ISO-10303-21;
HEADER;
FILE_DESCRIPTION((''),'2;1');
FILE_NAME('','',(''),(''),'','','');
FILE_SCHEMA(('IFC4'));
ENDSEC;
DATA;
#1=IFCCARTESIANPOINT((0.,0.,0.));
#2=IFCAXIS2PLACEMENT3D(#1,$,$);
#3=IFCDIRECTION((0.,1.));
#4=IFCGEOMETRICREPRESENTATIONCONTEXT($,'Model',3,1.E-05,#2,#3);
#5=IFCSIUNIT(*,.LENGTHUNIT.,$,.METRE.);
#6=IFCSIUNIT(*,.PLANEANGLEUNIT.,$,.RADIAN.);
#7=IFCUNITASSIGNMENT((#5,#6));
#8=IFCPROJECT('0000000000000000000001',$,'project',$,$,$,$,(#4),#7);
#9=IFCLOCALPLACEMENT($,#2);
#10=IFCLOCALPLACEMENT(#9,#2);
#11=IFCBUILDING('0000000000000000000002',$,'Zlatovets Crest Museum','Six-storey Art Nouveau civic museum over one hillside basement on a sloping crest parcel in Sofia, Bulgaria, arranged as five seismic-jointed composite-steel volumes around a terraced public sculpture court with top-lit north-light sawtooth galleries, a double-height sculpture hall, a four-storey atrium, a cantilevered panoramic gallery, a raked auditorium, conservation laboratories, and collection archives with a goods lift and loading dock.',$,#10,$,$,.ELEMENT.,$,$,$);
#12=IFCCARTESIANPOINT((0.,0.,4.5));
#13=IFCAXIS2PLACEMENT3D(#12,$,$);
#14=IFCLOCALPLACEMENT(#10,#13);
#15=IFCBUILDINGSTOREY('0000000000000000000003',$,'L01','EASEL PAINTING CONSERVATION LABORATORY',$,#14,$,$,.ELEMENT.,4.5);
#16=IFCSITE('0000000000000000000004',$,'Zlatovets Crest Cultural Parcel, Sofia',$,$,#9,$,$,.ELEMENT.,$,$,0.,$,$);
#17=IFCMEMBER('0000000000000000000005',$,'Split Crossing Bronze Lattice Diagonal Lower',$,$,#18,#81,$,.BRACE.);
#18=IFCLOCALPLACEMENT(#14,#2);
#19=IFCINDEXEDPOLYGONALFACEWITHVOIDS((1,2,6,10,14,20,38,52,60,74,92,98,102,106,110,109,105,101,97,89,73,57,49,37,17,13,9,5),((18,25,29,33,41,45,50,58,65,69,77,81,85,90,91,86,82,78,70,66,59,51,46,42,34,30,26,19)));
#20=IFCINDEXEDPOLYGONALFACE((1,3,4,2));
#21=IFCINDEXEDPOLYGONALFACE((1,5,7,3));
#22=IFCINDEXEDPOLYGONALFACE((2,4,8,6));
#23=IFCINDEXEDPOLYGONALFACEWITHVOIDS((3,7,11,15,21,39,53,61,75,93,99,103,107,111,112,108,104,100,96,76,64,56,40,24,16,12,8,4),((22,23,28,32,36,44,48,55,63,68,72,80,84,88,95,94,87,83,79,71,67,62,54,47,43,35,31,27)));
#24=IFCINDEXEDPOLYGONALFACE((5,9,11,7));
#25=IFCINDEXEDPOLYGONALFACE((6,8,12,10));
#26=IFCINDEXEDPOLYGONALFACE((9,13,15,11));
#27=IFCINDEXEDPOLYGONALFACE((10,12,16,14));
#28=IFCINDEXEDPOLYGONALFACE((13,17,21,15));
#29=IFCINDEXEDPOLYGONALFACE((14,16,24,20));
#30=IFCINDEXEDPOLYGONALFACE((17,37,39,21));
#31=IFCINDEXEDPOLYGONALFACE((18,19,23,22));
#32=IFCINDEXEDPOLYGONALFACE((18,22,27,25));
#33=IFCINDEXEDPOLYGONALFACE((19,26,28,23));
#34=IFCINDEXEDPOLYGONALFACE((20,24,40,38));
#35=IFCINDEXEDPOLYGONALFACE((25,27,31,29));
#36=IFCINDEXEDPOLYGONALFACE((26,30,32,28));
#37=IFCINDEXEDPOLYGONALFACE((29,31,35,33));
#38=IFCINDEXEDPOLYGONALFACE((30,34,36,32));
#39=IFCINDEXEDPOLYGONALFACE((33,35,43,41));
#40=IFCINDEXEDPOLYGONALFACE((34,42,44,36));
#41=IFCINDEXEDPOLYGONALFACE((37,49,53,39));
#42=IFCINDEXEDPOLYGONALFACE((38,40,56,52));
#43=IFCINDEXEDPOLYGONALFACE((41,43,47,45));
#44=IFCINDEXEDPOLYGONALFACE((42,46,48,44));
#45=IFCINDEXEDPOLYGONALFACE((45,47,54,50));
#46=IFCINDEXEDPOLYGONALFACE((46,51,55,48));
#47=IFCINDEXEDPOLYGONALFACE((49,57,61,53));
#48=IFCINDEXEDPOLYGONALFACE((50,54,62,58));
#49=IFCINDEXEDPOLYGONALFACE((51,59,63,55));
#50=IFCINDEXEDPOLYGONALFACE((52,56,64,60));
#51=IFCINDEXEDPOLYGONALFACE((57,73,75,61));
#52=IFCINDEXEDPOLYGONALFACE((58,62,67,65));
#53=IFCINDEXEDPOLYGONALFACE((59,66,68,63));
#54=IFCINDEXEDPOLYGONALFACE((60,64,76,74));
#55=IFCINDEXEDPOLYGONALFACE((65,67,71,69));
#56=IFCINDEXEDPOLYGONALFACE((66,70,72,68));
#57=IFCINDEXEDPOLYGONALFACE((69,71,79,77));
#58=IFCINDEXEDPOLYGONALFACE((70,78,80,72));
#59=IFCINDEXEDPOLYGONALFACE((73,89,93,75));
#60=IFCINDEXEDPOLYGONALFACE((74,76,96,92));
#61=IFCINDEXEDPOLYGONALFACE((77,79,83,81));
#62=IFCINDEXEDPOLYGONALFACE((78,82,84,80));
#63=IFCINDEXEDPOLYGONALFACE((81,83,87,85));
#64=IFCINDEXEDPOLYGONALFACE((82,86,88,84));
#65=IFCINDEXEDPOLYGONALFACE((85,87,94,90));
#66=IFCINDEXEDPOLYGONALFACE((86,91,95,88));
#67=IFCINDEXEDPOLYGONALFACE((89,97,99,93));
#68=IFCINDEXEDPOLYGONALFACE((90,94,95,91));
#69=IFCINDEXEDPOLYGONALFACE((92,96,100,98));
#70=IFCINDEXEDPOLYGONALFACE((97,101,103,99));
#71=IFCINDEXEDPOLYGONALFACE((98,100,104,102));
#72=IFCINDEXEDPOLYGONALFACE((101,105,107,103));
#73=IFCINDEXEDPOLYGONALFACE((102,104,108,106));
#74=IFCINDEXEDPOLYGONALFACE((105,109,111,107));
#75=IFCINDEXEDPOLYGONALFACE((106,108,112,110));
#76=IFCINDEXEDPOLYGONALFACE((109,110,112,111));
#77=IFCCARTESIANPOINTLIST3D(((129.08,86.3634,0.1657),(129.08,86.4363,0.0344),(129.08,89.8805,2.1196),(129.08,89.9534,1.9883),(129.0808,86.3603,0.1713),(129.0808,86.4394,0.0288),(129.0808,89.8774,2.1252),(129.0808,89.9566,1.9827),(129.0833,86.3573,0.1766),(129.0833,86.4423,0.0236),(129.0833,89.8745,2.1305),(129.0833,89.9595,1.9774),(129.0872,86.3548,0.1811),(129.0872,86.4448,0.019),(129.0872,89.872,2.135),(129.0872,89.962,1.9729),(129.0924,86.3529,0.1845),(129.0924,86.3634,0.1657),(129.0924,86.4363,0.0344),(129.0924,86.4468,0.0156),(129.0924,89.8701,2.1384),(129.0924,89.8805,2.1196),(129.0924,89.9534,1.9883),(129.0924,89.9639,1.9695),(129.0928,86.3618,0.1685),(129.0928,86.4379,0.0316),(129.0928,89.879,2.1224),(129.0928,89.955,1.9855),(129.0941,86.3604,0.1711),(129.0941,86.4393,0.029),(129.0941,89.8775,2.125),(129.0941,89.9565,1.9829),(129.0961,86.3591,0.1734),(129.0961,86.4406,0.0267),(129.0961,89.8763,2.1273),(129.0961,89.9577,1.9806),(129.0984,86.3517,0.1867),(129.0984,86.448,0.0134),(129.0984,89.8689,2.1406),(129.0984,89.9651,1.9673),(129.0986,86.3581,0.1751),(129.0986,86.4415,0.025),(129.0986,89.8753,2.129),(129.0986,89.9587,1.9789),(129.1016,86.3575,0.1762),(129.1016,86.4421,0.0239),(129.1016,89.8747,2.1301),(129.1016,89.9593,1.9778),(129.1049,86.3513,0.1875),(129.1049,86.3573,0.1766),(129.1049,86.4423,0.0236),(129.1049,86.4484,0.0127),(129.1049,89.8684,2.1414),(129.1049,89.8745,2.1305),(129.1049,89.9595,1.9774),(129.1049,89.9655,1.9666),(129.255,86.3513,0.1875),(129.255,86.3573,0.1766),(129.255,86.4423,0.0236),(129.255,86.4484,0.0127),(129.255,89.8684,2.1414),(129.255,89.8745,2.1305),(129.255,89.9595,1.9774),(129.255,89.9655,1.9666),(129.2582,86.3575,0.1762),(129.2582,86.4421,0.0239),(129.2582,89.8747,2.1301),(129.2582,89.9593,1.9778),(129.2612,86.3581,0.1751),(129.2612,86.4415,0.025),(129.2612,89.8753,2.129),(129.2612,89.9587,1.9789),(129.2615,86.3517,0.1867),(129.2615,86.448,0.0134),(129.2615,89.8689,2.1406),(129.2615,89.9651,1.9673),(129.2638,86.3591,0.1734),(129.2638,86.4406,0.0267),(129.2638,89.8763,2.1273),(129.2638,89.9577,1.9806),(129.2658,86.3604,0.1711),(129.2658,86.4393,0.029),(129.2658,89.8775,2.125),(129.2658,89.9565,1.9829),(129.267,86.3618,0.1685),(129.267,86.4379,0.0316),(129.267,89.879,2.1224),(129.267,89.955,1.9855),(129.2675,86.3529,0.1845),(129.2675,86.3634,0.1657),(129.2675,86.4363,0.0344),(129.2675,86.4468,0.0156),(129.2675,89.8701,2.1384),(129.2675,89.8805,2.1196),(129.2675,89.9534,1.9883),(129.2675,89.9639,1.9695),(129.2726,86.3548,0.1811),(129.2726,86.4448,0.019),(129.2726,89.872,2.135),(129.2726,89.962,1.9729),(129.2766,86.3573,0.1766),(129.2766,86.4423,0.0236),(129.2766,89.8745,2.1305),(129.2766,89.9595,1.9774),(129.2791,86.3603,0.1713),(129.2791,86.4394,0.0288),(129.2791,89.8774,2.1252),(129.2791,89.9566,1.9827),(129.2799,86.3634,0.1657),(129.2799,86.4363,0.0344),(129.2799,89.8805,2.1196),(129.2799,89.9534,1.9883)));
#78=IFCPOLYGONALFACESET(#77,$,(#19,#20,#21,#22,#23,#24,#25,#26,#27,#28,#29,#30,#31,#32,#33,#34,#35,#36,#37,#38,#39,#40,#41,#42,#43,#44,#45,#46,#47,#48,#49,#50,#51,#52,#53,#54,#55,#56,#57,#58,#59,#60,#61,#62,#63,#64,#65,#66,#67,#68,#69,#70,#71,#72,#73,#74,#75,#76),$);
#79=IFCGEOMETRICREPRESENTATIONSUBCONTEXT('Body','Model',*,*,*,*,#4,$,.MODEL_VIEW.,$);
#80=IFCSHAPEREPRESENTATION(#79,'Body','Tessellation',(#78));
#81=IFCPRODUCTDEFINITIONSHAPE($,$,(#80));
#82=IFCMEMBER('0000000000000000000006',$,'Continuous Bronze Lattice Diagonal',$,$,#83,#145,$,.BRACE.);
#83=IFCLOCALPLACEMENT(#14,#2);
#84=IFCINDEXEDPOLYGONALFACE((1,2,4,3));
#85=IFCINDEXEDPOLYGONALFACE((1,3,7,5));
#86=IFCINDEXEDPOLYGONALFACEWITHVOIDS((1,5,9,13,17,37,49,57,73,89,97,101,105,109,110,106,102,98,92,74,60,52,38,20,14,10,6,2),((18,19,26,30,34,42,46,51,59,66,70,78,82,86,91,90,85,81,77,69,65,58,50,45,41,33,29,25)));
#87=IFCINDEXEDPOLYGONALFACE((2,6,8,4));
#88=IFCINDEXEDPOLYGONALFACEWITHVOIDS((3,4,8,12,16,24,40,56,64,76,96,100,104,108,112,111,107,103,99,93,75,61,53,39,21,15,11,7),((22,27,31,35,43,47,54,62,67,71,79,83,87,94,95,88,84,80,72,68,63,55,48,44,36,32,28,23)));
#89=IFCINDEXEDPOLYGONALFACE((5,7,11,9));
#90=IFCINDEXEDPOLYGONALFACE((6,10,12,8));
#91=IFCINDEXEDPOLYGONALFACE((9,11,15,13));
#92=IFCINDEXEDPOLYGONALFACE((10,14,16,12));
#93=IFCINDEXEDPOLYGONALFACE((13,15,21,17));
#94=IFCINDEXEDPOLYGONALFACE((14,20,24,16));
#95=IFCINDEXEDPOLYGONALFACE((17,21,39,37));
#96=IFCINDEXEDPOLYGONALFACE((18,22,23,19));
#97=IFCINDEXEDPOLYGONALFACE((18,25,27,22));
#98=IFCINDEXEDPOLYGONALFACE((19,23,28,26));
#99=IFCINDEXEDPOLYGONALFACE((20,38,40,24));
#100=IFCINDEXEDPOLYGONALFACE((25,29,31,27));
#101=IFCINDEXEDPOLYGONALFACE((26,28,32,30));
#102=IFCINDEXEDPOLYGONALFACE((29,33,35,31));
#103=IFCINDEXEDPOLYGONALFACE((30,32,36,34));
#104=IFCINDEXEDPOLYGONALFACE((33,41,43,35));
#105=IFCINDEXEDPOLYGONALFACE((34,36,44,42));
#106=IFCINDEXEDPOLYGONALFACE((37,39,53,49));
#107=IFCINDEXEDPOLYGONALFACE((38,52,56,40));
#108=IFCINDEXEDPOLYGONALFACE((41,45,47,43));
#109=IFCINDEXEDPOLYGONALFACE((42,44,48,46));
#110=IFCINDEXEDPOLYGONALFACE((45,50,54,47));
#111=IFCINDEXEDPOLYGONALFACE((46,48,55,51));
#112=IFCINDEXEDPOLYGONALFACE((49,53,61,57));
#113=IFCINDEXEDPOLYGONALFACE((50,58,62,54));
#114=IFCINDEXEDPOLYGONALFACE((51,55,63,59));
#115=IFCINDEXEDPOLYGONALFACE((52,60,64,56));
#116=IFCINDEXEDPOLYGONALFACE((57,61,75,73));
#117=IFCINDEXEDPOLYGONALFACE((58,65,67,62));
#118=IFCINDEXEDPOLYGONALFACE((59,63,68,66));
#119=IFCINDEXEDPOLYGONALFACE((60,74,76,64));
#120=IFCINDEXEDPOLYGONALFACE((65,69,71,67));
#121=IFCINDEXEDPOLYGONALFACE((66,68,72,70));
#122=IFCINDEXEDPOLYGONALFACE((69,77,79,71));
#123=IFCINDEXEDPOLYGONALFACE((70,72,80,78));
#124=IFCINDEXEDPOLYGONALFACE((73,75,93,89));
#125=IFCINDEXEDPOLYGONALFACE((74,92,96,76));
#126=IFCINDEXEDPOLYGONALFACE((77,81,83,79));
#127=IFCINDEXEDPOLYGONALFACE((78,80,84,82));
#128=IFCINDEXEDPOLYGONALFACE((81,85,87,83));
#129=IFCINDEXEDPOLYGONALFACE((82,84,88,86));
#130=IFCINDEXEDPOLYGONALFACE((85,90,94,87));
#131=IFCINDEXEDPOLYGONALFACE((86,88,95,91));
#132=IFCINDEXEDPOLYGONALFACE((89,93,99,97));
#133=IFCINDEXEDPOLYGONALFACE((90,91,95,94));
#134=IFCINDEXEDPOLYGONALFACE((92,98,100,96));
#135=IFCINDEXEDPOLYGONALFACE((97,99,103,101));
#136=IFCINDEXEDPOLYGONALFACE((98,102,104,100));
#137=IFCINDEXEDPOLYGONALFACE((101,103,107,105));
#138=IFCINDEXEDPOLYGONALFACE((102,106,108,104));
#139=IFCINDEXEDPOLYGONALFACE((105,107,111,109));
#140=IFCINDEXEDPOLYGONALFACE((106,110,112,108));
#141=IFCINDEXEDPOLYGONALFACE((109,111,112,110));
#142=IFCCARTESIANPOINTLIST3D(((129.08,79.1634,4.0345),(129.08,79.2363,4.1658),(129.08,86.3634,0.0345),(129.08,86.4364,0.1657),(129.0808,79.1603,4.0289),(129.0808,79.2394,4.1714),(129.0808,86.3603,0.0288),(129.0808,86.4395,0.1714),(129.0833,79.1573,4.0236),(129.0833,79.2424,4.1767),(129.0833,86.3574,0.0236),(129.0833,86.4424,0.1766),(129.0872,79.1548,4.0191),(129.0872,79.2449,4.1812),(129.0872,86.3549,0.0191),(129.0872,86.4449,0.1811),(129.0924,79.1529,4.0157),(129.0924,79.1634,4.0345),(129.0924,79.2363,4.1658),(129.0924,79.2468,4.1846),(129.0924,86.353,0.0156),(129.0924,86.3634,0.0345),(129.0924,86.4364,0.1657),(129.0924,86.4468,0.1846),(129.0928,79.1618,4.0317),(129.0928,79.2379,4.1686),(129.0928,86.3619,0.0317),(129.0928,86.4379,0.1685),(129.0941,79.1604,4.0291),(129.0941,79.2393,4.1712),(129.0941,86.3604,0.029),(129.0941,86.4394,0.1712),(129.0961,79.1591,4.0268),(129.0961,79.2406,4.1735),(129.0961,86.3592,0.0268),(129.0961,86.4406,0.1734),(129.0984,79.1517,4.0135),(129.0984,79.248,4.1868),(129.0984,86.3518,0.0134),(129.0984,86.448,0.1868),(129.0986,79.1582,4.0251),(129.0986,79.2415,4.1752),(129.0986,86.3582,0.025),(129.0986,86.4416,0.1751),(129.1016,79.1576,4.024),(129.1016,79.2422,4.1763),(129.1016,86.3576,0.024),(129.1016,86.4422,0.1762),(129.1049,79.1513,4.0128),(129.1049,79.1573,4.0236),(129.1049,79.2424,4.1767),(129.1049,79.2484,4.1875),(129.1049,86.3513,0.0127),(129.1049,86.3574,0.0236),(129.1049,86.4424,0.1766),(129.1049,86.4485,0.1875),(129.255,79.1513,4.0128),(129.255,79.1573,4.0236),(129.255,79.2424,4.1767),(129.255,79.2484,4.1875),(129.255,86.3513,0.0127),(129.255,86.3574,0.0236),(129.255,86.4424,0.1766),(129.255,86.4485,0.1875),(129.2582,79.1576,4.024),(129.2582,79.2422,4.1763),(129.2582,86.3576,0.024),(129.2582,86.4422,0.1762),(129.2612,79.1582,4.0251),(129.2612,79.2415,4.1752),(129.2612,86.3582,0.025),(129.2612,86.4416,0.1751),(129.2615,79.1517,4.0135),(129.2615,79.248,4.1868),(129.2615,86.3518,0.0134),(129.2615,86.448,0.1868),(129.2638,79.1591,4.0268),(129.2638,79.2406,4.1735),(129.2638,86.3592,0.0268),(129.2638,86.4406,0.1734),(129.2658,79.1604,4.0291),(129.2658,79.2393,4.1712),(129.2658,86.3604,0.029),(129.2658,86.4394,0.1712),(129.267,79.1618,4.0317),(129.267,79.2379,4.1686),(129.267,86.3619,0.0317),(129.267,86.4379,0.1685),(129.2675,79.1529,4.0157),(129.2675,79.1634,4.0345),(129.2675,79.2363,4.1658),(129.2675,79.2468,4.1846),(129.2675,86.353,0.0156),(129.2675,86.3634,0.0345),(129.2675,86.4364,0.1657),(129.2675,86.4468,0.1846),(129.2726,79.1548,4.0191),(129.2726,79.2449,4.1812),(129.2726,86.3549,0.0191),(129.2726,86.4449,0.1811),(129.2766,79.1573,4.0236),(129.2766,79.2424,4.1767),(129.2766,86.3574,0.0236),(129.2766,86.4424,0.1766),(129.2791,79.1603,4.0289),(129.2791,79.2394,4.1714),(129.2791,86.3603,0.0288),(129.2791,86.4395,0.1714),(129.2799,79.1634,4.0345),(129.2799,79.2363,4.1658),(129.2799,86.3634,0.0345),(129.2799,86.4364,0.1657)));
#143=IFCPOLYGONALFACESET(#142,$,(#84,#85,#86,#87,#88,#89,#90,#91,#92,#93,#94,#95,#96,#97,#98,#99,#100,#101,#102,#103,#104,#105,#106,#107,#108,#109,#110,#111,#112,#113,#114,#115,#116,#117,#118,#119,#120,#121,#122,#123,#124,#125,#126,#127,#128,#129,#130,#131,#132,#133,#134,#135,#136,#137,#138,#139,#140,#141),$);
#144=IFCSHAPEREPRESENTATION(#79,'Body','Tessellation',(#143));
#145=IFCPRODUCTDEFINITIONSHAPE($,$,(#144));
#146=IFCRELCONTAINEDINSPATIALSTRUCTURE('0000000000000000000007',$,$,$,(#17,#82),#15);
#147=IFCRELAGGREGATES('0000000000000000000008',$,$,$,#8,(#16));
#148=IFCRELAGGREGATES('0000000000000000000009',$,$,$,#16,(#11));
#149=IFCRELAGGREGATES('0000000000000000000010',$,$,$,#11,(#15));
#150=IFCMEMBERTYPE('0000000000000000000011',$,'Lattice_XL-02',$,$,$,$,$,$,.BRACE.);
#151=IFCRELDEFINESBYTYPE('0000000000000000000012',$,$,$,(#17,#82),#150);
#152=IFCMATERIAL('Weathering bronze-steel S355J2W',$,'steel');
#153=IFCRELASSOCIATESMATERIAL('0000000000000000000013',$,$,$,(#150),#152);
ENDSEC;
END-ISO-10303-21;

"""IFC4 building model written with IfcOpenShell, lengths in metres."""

from ifc_helpers import new_model, si_unit, direction, frame, origin, origin_2d, place, context, subcontext, project, spatial, hollow_rectangle, extrude, material, material_profile, profile_set, type_object, element, save


model = new_model("IFC4")

# Units and contexts
model_context = context("Model", 3, precision=1e-05, world=origin(), true_north=direction((0.0, 1.0)))
body_context = subcontext(model_context, "Body", "Model", "MODEL_VIEW")
ifc_project = project(units=[si_unit("LENGTHUNIT", "METRE"), si_unit("PLANEANGLEUNIT", "RADIAN")], contexts=[model_context])

# Site, building, storey
site_placement = place(None, origin())
site = spatial("IfcSite", under=ifc_project, at=site_placement, Name="Zlatovets Crest Cultural Parcel, Sofia", CompositionType="ELEMENT", RefElevation=0.0)
building_placement = place(site_placement, origin())
building = spatial("IfcBuilding", under=site, at=building_placement, Name="Zlatovets Crest Museum", Description="Six-storey Art Nouveau civic museum over one hillside basement on a sloping crest parcel in Sofia, Bulgaria, arranged as five seismic-jointed composite-steel volumes around a terraced public sculpture court with top-lit north-light sawtooth galleries, a double-height sculpture hall, a four-storey atrium, a cantilevered panoramic gallery, a raked auditorium, conservation laboratories, and collection archives with a goods lift and loading dock.", CompositionType="ELEMENT")
storey_placement = place(building_placement, frame((0.0, 0.0, 4.5)))
storey = spatial("IfcBuildingStorey", under=building, at=storey_placement, Name="L01", Description="EASEL PAINTING CONSERVATION LABORATORY", CompositionType="ELEMENT", Elevation=4.5)

# Members
ifc_material_1 = material(Name="Weathering bronze-steel S355J2W", Category="steel")
ifc_material_profile_1 = material_profile(ifc_material_1, hollow_rectangle(XDim=0.2, YDim=0.2, WallThickness=0.0125, InnerFilletRadius=0.0125, OuterFilletRadius=0.0249, at=origin_2d()), Name="SHS 200x200x12.5")
ifc_profile_set_1 = profile_set([ifc_material_profile_1], Name="Weathering bronze-steel S355J2W")
member_type_1 = type_object("IfcMemberType", Name="Lattice_XL-02", PredefinedType="BRACE", material=ifc_profile_set_1)
for number, where, z_axis, x_axis, name in (
    (1, (129.1799, 89.917, 2.054), (0.0, -0.874166, -0.485627), (1.0, 0.0, 0.0), "Split Crossing Bronze Lattice Diagonal Lower"),
):
    element("IfcMember", number, at=place(storey_placement, frame(where, z_axis=z_axis, x_axis=x_axis)), inside=storey, type_object=member_type_1, Name=name, PredefinedType="BRACE", context=body_context, shape_type="SweptSolid", body=[
        extrude(hollow_rectangle(XDim=0.2, YDim=0.2, WallThickness=0.0125, InnerFilletRadius=0.0125, OuterFilletRadius=0.0249, at=origin_2d()), origin(), (0.0, 0.0, 1.0), 4.0234),
    ])
member_1_placement = place(storey_placement, frame((129.1799, 86.3999, 0.1001), z_axis=(0.0, -0.874156, 0.485645), x_axis=(1.0, 0.0, 0.0)))
element("IfcMember", 2, at=member_1_placement, inside=storey, type_object=member_type_1, Name="Continuous Bronze Lattice Diagonal", PredefinedType="BRACE", context=body_context, shape_type="SweptSolid", body=[
    extrude(hollow_rectangle(XDim=0.2, YDim=0.2, WallThickness=0.0125, InnerFilletRadius=0.0125, OuterFilletRadius=0.0249, at=origin_2d()), origin(), (0.0, 0.0, 1.0), 8.2366),
])

save(model, "model.ifc")
